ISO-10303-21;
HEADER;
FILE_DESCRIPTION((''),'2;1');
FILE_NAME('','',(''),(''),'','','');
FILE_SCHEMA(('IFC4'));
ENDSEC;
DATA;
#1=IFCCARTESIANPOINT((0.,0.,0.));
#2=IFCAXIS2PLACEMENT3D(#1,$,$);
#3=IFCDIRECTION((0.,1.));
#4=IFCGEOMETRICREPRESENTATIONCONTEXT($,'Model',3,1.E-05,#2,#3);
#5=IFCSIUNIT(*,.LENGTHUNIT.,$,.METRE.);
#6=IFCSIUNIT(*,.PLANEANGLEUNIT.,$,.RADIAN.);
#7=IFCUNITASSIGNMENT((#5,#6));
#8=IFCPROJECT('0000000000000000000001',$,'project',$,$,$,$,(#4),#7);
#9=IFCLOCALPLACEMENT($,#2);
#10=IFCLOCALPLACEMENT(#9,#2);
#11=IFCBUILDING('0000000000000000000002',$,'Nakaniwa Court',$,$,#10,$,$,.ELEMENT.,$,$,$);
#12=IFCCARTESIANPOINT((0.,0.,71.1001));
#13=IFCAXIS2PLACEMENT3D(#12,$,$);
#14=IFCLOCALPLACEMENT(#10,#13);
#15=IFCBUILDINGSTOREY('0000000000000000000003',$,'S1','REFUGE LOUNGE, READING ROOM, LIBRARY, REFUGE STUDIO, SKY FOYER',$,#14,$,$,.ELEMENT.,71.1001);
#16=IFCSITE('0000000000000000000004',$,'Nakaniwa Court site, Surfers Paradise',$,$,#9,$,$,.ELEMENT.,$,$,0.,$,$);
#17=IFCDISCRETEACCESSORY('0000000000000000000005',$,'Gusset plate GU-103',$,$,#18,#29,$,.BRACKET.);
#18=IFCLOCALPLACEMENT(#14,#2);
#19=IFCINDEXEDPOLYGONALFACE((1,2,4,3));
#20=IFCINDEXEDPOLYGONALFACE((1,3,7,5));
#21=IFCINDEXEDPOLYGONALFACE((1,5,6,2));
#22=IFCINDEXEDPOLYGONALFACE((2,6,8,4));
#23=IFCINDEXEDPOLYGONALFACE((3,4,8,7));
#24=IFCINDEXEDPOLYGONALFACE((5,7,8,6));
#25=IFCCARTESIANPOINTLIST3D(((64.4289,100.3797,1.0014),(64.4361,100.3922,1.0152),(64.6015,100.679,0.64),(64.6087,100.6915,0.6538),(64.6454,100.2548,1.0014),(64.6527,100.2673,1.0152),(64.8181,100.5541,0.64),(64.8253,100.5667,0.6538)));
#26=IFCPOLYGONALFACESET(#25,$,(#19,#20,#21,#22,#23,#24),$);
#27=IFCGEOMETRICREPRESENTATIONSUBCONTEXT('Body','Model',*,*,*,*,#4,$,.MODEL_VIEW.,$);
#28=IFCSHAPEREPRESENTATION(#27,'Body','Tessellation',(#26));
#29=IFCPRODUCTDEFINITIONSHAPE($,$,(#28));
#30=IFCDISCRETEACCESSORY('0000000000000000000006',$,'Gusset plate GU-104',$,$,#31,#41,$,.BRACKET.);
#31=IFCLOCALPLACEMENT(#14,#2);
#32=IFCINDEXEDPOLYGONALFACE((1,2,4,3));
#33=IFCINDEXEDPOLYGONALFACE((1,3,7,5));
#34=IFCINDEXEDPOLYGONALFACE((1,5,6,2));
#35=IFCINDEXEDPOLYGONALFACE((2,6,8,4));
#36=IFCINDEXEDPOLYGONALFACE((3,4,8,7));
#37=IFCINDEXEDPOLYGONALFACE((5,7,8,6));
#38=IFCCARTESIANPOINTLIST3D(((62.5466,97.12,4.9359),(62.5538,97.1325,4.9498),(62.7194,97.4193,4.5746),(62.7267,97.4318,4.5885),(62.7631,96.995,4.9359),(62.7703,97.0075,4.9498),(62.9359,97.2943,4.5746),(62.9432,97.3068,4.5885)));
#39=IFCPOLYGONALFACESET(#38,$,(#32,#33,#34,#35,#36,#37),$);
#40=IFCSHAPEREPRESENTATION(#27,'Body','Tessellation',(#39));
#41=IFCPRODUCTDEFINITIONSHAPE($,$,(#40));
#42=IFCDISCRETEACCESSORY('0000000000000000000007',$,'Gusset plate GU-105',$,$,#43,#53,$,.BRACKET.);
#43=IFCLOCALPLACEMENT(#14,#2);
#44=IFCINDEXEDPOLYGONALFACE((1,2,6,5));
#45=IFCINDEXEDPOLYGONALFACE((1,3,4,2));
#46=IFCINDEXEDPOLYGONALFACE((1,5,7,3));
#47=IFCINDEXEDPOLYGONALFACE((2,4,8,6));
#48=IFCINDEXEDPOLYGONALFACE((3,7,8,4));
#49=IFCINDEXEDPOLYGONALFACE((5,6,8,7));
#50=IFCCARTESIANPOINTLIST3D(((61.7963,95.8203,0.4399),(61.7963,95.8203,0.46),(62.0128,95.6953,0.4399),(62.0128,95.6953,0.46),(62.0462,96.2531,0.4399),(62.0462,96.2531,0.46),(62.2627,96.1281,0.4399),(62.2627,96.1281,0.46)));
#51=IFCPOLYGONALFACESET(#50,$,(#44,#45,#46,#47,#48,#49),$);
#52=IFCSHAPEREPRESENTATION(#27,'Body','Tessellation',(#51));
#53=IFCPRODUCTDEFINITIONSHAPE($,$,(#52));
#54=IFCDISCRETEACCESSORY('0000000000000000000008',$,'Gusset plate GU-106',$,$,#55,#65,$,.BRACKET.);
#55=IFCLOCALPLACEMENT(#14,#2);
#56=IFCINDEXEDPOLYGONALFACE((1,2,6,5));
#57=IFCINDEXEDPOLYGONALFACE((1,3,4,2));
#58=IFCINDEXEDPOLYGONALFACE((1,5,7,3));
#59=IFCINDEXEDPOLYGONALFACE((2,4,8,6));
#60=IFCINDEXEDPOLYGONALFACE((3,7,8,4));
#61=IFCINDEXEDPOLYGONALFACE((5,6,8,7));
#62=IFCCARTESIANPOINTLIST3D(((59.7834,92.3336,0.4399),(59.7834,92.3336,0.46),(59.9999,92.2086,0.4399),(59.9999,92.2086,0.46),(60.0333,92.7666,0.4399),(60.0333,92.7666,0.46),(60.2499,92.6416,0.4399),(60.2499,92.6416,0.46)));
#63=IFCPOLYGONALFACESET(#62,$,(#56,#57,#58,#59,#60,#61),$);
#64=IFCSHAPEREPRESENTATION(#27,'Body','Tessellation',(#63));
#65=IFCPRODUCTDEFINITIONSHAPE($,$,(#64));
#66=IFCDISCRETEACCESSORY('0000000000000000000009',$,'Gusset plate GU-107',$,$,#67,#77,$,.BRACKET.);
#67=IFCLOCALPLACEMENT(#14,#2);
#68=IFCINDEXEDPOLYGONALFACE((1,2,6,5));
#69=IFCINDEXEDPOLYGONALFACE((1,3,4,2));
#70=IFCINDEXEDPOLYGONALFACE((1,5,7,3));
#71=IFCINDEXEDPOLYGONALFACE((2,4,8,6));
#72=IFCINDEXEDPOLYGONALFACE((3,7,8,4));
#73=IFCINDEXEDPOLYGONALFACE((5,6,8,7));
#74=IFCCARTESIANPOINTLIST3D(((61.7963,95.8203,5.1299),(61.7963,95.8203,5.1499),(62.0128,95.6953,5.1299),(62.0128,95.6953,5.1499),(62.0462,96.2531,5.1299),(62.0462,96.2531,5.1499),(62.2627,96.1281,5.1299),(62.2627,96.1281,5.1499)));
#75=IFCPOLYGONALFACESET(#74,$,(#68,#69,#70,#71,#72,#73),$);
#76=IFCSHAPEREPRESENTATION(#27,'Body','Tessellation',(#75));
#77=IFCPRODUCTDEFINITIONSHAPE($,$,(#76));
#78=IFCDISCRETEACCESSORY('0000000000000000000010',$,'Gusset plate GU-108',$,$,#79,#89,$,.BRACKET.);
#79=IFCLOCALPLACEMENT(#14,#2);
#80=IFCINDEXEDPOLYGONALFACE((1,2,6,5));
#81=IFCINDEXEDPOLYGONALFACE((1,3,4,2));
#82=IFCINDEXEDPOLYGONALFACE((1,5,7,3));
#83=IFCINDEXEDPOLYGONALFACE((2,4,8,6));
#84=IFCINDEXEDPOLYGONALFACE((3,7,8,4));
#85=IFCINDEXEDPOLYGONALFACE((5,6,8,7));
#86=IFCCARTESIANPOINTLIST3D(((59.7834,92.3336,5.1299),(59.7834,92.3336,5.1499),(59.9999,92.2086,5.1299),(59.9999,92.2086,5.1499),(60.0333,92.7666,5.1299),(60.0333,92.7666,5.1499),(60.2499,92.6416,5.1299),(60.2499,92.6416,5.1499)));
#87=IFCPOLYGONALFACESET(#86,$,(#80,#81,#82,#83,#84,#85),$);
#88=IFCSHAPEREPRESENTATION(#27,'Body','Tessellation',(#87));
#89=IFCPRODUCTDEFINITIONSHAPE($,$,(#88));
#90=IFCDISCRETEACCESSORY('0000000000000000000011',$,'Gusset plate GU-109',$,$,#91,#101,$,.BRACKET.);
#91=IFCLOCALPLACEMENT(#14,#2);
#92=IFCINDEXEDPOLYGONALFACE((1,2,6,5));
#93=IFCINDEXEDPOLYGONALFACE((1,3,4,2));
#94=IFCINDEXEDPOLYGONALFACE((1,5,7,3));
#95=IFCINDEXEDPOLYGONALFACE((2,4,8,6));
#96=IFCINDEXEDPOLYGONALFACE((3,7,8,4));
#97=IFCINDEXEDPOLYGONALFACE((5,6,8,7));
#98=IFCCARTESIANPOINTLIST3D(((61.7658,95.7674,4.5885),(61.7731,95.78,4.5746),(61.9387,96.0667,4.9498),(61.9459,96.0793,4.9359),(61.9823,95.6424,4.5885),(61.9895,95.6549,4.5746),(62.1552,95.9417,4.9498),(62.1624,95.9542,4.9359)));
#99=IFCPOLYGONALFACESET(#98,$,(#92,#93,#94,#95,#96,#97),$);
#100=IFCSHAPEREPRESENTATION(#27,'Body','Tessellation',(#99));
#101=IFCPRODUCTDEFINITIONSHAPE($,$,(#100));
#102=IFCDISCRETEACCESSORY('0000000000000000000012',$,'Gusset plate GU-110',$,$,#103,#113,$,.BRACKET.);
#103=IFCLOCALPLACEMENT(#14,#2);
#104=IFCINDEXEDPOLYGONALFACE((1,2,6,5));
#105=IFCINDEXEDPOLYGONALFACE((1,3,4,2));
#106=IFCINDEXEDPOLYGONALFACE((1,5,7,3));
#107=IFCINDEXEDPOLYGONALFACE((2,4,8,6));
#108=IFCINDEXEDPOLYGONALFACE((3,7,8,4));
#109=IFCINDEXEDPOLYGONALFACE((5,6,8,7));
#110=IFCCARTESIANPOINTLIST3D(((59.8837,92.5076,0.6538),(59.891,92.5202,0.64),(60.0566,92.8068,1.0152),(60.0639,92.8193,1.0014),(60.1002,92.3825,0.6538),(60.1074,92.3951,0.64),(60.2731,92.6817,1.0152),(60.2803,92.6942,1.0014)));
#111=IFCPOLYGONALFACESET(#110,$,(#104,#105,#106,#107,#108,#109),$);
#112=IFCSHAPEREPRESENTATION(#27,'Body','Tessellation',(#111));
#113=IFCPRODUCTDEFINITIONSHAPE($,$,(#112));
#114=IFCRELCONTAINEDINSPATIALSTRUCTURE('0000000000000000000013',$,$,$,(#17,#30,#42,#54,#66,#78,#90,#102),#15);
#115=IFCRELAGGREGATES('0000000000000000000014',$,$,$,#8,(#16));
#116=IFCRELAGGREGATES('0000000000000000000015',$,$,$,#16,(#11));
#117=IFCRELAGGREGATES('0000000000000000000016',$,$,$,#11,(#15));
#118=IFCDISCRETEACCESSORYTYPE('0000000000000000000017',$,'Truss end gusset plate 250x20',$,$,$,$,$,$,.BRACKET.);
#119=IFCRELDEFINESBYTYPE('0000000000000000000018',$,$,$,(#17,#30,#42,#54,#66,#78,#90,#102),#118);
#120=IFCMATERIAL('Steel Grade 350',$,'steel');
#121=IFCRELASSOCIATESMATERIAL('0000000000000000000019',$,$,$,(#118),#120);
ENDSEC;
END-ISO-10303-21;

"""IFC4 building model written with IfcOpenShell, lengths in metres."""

from ifc_helpers import new_model, si_unit, direction, frame, origin, origin_2d, place, context, subcontext, project, spatial, rectangle, extrude, material, material_profile, profile_set, type_object, element, save


model = new_model("IFC4")

# Units and contexts
model_context = context("Model", 3, precision=1e-05, world=origin(), true_north=direction((0.0, 1.0)))
body_context = subcontext(model_context, "Body", "Model", "MODEL_VIEW")
ifc_project = project(units=[si_unit("LENGTHUNIT", "METRE"), si_unit("PLANEANGLEUNIT", "RADIAN")], contexts=[model_context])

# Site, building, storey
site_placement = place(None, origin())
site = spatial("IfcSite", under=ifc_project, at=site_placement, Name="Nakaniwa Court site, Surfers Paradise", CompositionType="ELEMENT", RefElevation=0.0)
building_placement = place(site_placement, origin())
building = spatial("IfcBuilding", under=site, at=building_placement, Name="Nakaniwa Court", CompositionType="ELEMENT")
storey_placement = place(building_placement, frame((0.0, 0.0, 71.1001)))
storey = spatial("IfcBuildingStorey", under=building, at=storey_placement, Name="S1", Description="REFUGE LOUNGE, READING ROOM, LIBRARY, REFUGE STUDIO, SKY FOYER", CompositionType="ELEMENT", Elevation=71.1001)

# Shared definitions
ifc_material_1 = material(Name="Steel Grade 350", Category="steel")

# Discrete accessories
ifc_material_profile_1 = material_profile(ifc_material_1, rectangle(XDim=0.25, YDim=0.02, at=origin_2d()), Name="Truss end gusset plate 250x20")
ifc_profile_set_1 = profile_set([ifc_material_profile_1], Name="Steel Grade 350")
discrete_accessory_type = type_object("IfcDiscreteAccessoryType", Name="Truss end gusset plate 250x20", PredefinedType="BRACKET", material=ifc_profile_set_1)
for number, where, z_axis, x_axis, name in (
    (1, (64.5408, 100.3235, 1.0083), (0.345255, 0.598703, -0.722741), (-0.86628, 0.499559, 0.0), "Gusset plate GU-103"),
    (2, (62.8313, 97.363, 4.5815), (-0.345685, -0.598602, 0.722619), (0.865974, -0.500089, 0.0), "Gusset plate GU-104"),
):
    element("IfcDiscreteAccessory", number, at=place(storey_placement, frame(where, z_axis=z_axis, x_axis=x_axis)), inside=storey, type_object=discrete_accessory_type, Name=name, PredefinedType="BRACKET", context=body_context, shape_type="SweptSolid", body=[
        extrude(rectangle(XDim=0.25, YDim=0.02, at=origin_2d()), origin(), (0.0, 0.0, 1.0), 0.5),
    ])
discrete_accessory_1_placement = place(storey_placement, frame((61.9045, 95.7578, 0.45), z_axis=(0.500131, 0.86595, 0.0), x_axis=(-0.86595, 0.500131, 0.0)))
element("IfcDiscreteAccessory", 3, at=discrete_accessory_1_placement, inside=storey, type_object=discrete_accessory_type, Name="Gusset plate GU-105", PredefinedType="BRACKET", context=body_context, shape_type="SweptSolid", body=[
    extrude(rectangle(XDim=0.25, YDim=0.02, at=origin_2d()), origin(), (0.0, 0.0, 1.0), 0.4998),
])
discrete_accessory_2_placement = place(storey_placement, frame((60.1416, 92.7041, 0.45), z_axis=(-0.49992, -0.866072, 0.0), x_axis=(0.866072, -0.49992, 0.0)))
element("IfcDiscreteAccessory", 4, at=discrete_accessory_2_placement, inside=storey, type_object=discrete_accessory_type, Name="Gusset plate GU-106", PredefinedType="BRACKET", context=body_context, shape_type="SweptSolid", body=[
    extrude(rectangle(XDim=0.25, YDim=0.02, at=origin_2d()), origin(), (0.0, 0.0, 1.0), 0.5),
])
discrete_accessory_3_placement = place(storey_placement, frame((61.9045, 95.7578, 5.1399), z_axis=(0.500131, 0.86595, 0.0), x_axis=(-0.86595, 0.500131, 0.0)))
element("IfcDiscreteAccessory", 5, at=discrete_accessory_3_placement, inside=storey, type_object=discrete_accessory_type, Name="Gusset plate GU-107", PredefinedType="BRACKET", context=body_context, shape_type="SweptSolid", body=[
    extrude(rectangle(XDim=0.25, YDim=0.02, at=origin_2d()), origin(), (0.0, 0.0, 1.0), 0.4998),
])
for number, where, z_axis, x_axis, name in (
    (6, (60.1416, 92.7041, 5.1399), (-0.49992, -0.866072, 0.0), (0.866072, -0.49992, 0.0), "Gusset plate GU-108"),
    (7, (61.8777, 95.7112, 4.5815), (0.345685, 0.598602, 0.722619), (-0.865974, 0.500089, 0.0), "Gusset plate GU-109"),
    (8, (60.1685, 92.7505, 1.0083), (-0.345786, -0.598288, -0.72283), (0.865797, -0.500395, 0.0), "Gusset plate GU-110"),
):
    element("IfcDiscreteAccessory", number, at=place(storey_placement, frame(where, z_axis=z_axis, x_axis=x_axis)), inside=storey, type_object=discrete_accessory_type, Name=name, PredefinedType="BRACKET", context=body_context, shape_type="SweptSolid", body=[
        extrude(rectangle(XDim=0.25, YDim=0.02, at=origin_2d()), origin(), (0.0, 0.0, 1.0), 0.5),
    ])

save(model, "model.ifc")
